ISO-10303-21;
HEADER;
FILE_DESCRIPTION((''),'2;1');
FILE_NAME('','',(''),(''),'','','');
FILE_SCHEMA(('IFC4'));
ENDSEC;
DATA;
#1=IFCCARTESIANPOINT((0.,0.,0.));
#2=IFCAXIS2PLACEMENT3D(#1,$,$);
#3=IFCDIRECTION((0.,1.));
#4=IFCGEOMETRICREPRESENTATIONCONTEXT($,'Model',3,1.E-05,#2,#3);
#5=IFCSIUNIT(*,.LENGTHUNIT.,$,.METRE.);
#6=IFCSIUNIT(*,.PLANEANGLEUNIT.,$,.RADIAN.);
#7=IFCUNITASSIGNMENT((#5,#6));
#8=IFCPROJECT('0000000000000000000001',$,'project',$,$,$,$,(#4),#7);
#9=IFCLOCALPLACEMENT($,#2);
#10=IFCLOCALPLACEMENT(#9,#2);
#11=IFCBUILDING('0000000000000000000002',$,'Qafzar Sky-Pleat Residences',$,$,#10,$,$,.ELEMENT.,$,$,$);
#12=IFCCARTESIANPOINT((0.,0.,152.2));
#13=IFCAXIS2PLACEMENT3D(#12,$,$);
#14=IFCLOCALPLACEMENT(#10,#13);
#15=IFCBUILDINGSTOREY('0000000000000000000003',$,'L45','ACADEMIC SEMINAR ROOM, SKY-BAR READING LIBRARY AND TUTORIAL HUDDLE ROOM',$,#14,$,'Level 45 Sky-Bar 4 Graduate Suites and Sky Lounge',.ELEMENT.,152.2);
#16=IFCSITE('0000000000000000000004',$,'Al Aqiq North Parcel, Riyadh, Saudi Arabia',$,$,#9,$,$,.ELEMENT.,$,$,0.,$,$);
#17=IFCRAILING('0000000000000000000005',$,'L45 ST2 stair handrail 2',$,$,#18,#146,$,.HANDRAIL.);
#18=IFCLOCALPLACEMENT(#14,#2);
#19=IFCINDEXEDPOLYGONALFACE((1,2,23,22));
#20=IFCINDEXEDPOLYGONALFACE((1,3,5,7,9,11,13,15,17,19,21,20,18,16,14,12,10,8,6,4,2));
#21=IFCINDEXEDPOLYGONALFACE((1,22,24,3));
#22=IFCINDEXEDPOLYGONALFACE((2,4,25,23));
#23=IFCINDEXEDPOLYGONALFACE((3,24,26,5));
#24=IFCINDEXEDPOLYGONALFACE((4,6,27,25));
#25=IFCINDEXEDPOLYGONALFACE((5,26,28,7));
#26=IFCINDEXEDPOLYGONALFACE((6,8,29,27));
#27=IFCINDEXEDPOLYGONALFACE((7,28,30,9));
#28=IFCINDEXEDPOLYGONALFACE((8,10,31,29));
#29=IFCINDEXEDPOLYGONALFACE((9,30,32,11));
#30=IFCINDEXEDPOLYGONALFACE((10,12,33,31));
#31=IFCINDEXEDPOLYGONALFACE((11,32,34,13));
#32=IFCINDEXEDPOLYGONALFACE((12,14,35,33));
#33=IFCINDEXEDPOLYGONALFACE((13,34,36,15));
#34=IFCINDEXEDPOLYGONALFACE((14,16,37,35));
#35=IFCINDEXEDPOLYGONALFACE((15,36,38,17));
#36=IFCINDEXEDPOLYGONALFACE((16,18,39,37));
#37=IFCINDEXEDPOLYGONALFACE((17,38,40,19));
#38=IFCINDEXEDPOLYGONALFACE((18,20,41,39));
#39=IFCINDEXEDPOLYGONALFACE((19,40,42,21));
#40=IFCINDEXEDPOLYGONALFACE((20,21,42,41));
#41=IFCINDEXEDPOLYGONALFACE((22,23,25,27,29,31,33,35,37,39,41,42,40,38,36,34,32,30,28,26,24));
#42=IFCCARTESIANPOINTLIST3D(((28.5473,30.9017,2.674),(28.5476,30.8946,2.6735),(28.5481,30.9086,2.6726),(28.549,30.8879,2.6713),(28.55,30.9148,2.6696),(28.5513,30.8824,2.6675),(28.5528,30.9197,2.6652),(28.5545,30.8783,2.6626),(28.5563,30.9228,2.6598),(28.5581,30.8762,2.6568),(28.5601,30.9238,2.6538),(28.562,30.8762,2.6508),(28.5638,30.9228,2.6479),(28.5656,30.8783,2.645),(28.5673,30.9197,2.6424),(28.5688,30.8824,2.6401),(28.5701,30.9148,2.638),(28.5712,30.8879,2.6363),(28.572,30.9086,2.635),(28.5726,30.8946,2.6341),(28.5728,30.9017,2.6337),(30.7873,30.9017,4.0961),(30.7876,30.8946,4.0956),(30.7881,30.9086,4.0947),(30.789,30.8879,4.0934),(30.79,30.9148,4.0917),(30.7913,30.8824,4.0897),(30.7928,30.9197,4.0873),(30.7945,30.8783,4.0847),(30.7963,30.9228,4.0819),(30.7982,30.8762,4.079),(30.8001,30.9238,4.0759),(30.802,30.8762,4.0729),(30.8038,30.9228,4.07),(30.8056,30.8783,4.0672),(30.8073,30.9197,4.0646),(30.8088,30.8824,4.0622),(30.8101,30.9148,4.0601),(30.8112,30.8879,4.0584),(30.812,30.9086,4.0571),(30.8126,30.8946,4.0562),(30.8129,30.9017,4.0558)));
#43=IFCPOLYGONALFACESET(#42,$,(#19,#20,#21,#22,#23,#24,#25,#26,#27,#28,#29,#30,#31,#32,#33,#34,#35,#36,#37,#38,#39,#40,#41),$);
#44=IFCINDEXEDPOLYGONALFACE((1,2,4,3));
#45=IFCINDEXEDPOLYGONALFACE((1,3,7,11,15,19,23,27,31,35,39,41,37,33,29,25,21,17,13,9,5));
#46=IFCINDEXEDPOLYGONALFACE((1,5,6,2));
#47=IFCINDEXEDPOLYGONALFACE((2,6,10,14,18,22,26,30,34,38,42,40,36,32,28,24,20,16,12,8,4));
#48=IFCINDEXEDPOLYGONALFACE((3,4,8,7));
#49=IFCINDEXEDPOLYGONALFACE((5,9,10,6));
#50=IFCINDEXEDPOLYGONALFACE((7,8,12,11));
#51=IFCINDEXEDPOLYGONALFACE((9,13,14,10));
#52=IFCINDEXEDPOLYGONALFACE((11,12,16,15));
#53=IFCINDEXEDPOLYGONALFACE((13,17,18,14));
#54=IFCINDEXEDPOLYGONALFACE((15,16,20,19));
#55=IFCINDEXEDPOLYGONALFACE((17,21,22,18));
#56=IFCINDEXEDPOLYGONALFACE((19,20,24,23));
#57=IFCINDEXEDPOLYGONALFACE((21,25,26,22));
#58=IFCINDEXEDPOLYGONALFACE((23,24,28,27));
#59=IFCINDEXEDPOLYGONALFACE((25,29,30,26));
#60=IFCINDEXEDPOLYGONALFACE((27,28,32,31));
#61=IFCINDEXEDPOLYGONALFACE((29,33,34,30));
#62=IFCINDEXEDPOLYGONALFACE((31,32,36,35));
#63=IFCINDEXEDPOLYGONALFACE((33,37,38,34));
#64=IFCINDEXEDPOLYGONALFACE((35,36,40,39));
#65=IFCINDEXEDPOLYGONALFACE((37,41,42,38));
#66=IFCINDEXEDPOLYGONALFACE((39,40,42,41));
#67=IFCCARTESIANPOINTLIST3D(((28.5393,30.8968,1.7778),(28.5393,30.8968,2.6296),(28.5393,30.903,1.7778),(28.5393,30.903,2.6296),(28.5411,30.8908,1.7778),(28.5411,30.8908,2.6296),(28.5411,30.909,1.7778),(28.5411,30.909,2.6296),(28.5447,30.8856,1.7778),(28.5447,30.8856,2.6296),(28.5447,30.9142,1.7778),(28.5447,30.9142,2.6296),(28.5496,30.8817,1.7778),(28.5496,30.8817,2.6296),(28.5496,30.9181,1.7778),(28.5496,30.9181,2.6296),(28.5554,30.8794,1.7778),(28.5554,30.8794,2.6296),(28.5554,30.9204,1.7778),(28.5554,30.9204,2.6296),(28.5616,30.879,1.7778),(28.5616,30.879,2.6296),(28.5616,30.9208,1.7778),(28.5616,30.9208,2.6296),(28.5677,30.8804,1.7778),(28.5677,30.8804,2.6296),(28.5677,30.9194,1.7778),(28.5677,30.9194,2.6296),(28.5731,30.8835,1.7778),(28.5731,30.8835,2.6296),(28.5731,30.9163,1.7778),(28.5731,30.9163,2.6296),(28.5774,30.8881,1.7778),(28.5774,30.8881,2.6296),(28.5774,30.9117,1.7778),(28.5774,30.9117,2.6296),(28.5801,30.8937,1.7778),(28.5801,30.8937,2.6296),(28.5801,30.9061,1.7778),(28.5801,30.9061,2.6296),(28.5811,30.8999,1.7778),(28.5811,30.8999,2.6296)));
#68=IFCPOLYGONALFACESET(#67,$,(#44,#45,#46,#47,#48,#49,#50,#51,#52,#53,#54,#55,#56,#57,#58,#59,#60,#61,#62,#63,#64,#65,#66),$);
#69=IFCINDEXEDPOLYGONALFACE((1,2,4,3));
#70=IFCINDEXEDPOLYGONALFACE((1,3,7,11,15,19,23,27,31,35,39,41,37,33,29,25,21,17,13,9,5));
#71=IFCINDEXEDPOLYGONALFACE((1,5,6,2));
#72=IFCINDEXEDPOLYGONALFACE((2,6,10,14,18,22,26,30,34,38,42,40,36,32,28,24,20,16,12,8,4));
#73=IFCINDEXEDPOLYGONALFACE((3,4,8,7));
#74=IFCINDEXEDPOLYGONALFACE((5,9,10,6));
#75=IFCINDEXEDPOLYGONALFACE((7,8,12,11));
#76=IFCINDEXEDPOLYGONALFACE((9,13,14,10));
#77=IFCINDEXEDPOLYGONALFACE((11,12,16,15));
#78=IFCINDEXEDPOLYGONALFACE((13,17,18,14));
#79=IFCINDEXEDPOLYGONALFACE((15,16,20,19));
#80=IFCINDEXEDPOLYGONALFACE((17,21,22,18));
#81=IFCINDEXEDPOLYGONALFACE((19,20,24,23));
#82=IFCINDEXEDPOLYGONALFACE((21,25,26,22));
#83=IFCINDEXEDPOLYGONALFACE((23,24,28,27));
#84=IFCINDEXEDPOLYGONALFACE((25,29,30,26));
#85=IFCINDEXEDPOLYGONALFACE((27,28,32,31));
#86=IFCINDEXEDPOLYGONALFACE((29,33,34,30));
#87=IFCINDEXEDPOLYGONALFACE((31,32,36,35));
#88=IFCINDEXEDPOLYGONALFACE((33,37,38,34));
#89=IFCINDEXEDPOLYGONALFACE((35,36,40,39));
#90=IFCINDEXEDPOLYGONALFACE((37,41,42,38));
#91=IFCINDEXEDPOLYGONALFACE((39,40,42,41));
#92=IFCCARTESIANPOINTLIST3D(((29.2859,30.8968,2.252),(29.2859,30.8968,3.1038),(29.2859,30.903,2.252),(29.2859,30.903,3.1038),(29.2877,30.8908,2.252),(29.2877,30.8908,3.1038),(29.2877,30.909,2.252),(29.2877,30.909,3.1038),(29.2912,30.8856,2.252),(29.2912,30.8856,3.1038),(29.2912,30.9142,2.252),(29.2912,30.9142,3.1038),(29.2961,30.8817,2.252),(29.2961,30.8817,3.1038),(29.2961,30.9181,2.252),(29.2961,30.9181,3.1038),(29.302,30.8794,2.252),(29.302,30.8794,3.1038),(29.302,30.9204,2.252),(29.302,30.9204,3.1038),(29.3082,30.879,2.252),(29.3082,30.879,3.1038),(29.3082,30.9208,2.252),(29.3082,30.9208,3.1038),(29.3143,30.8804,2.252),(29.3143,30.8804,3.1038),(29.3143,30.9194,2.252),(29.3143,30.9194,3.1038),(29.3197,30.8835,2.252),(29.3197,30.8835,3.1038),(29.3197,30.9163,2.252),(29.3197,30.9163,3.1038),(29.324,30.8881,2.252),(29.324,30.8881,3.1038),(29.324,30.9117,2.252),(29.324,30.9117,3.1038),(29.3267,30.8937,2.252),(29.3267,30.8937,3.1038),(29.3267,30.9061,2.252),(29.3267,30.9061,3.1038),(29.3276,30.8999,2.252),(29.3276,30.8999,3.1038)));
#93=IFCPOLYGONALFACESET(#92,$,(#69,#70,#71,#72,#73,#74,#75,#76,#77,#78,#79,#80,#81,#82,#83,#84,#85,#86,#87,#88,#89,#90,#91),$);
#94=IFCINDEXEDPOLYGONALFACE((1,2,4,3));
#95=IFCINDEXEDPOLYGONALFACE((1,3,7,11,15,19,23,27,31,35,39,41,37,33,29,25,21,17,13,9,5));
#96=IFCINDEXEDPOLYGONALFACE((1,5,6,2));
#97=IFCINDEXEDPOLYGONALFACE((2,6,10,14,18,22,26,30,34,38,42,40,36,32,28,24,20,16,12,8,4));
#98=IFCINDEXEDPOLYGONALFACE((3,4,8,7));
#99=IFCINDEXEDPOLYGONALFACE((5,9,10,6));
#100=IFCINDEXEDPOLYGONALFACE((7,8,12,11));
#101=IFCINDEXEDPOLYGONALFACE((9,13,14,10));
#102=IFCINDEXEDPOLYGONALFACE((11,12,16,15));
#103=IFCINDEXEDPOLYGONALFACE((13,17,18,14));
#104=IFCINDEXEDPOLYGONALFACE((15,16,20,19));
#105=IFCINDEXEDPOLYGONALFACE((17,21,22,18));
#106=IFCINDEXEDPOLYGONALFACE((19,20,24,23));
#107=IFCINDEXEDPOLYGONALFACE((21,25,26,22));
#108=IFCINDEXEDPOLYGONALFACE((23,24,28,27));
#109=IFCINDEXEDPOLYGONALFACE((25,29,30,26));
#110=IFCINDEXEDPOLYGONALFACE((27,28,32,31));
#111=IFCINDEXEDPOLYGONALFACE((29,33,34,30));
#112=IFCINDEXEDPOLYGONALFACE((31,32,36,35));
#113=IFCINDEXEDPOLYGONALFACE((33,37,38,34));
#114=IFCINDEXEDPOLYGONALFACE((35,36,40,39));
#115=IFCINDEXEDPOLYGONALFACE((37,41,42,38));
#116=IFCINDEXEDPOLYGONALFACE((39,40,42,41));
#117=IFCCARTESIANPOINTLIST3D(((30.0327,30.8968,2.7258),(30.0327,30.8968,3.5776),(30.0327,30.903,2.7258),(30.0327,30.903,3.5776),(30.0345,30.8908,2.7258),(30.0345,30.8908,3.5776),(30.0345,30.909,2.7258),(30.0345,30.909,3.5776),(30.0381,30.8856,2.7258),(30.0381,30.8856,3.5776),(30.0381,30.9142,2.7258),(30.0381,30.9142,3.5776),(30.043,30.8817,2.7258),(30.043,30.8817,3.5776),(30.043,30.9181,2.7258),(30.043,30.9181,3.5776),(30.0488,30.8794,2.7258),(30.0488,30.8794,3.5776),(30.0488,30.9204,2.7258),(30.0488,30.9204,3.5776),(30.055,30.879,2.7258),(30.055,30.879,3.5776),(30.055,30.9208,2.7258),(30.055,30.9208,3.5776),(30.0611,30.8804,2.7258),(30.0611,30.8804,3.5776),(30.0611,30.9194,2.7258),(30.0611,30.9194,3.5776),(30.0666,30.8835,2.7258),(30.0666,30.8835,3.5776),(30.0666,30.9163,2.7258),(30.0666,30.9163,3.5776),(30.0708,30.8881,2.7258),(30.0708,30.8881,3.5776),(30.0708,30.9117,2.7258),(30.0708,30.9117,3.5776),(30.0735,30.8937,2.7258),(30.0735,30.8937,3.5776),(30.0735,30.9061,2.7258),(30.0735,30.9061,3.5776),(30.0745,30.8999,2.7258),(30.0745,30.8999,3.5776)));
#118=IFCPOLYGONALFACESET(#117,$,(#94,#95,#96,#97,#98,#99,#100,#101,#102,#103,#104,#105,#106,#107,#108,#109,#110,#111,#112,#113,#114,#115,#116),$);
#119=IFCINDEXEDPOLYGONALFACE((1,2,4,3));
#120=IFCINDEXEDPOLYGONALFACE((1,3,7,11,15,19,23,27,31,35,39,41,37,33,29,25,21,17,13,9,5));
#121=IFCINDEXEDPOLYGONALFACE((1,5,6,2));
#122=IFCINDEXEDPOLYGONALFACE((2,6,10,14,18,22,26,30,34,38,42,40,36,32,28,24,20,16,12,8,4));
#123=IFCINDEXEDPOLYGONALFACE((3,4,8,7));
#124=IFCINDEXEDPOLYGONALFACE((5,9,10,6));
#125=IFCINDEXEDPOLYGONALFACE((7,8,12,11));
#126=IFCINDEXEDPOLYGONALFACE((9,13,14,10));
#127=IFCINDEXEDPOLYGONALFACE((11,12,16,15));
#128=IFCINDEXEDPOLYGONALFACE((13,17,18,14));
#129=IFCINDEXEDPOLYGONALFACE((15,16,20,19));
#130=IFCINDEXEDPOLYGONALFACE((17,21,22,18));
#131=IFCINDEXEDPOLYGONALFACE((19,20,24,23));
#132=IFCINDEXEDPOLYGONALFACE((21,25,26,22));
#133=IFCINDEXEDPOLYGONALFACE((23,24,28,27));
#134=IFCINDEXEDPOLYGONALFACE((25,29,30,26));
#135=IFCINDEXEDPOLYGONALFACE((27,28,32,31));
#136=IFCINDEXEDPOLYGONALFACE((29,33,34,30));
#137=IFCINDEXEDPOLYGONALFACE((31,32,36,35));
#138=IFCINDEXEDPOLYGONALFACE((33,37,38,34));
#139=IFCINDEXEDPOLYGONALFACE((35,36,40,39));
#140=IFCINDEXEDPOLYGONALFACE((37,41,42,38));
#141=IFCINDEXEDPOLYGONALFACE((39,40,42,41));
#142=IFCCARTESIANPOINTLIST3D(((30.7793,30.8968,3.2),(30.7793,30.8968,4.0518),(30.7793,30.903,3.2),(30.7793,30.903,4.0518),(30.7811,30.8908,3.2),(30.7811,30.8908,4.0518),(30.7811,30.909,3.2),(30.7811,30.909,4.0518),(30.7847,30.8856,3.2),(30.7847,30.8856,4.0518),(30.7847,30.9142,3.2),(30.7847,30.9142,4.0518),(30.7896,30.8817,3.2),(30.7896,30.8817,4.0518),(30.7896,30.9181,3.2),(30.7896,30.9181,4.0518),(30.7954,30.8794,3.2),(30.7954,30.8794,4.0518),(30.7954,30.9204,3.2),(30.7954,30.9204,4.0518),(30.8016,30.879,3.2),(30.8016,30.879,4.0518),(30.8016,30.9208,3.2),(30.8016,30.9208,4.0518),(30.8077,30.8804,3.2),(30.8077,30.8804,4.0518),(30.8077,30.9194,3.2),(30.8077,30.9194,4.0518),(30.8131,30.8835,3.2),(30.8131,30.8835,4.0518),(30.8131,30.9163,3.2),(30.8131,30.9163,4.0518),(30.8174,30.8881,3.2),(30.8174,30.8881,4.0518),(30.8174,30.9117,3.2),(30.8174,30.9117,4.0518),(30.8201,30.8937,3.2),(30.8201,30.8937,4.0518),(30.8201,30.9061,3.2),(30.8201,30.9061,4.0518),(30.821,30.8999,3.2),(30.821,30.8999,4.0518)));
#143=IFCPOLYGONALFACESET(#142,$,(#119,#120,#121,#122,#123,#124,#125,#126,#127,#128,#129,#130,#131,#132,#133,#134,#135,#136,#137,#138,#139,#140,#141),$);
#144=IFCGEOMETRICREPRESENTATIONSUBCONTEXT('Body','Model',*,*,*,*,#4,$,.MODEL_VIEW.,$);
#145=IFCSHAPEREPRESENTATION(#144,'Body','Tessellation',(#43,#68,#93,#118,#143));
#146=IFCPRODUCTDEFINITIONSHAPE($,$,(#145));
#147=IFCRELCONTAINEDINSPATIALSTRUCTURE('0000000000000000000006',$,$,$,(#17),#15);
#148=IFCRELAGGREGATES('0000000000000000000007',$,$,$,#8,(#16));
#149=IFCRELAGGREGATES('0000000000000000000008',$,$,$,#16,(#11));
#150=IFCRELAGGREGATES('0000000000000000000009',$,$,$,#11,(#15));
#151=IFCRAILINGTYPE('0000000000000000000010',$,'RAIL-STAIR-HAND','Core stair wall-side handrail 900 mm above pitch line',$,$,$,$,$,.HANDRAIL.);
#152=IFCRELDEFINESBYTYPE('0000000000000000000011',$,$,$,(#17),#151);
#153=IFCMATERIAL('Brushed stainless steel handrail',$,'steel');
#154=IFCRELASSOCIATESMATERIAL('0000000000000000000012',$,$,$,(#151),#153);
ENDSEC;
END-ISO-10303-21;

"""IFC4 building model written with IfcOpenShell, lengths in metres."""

from ifc_helpers import new_model, si_unit, direction, frame, origin, origin_2d, place, context, subcontext, project, spatial, circle, extrude, source, transform, mapped, material, type_object, element, save


model = new_model("IFC4")

# Units and contexts
model_context = context("Model", 3, precision=1e-05, world=origin(), true_north=direction((0.0, 1.0)))
body_context = subcontext(model_context, "Body", "Model", "MODEL_VIEW")
ifc_project = project(units=[si_unit("LENGTHUNIT", "METRE"), si_unit("PLANEANGLEUNIT", "RADIAN")], contexts=[model_context])

# Site, building, storey
site_placement = place(None, origin())
site = spatial("IfcSite", under=ifc_project, at=site_placement, Name="Al Aqiq North Parcel, Riyadh, Saudi Arabia", CompositionType="ELEMENT", RefElevation=0.0)
building_placement = place(site_placement, origin())
building = spatial("IfcBuilding", under=site, at=building_placement, Name="Qafzar Sky-Pleat Residences", CompositionType="ELEMENT")
storey_placement = place(building_placement, frame((0.0, 0.0, 152.2)))
storey = spatial("IfcBuildingStorey", under=building, at=storey_placement, Name="L45", Description="ACADEMIC SEMINAR ROOM, SKY-BAR READING LIBRARY AND TUTORIAL HUDDLE ROOM", LongName="Level 45 Sky-Bar 4 Graduate Suites and Sky Lounge", CompositionType="ELEMENT", Elevation=152.2)

# Railing
ifc_material_1 = material(Name="Brushed stainless steel handrail", Category="steel")
railing_type_1 = type_object("IfcRailingType", Name="RAIL-STAIR-HAND", Description="Core stair wall-side handrail 900 mm above pitch line", PredefinedType="HANDRAIL", material=ifc_material_1)
shared_shape_1 = source(origin(), body_context, "Body", "SweptSolid", [
    extrude(circle(Radius=0.0239, at=origin_2d()), frame((0.0, 0.0, 0.876), z_axis=(0.844229, 0.0, 0.535982), x_axis=(0.0, 1.0, 0.0)), (0.0, 0.0, 1.0), 2.6533),
    extrude(circle(Radius=0.021, at=origin_2d()), origin(), (0.0, 0.0, 1.0), 0.8518),
    extrude(circle(Radius=0.021, at=origin_2d()), frame((0.7466, 0.0, 0.4741)), (0.0, 0.0, 1.0), 0.8518),
    extrude(circle(Radius=0.021, at=origin_2d()), frame((1.4934, 0.0, 0.948)), (0.0, 0.0, 1.0), 0.8518),
    extrude(circle(Radius=0.021, at=origin_2d()), frame((2.24, 0.0, 1.4221)), (0.0, 0.0, 1.0), 0.8518),
])
railing_1_placement = place(storey_placement, frame((28.5601, 30.8999, 1.7778)))
element("IfcRailing", 1, at=railing_1_placement, inside=storey, type_object=railing_type_1, Name="L45 ST2 stair handrail 2", PredefinedType="HANDRAIL", context=body_context, shape_type="MappedRepresentation", body=[
    mapped(shared_shape_1, transform((0.0, 0.0, 0.0), x_axis=(1.0, 0.0, 0.0), y_axis=(0.0, 1.0, 0.0), z_axis=(0.0, 0.0, 1.0), scale=1.0)),
])

save(model, "model.ifc")
